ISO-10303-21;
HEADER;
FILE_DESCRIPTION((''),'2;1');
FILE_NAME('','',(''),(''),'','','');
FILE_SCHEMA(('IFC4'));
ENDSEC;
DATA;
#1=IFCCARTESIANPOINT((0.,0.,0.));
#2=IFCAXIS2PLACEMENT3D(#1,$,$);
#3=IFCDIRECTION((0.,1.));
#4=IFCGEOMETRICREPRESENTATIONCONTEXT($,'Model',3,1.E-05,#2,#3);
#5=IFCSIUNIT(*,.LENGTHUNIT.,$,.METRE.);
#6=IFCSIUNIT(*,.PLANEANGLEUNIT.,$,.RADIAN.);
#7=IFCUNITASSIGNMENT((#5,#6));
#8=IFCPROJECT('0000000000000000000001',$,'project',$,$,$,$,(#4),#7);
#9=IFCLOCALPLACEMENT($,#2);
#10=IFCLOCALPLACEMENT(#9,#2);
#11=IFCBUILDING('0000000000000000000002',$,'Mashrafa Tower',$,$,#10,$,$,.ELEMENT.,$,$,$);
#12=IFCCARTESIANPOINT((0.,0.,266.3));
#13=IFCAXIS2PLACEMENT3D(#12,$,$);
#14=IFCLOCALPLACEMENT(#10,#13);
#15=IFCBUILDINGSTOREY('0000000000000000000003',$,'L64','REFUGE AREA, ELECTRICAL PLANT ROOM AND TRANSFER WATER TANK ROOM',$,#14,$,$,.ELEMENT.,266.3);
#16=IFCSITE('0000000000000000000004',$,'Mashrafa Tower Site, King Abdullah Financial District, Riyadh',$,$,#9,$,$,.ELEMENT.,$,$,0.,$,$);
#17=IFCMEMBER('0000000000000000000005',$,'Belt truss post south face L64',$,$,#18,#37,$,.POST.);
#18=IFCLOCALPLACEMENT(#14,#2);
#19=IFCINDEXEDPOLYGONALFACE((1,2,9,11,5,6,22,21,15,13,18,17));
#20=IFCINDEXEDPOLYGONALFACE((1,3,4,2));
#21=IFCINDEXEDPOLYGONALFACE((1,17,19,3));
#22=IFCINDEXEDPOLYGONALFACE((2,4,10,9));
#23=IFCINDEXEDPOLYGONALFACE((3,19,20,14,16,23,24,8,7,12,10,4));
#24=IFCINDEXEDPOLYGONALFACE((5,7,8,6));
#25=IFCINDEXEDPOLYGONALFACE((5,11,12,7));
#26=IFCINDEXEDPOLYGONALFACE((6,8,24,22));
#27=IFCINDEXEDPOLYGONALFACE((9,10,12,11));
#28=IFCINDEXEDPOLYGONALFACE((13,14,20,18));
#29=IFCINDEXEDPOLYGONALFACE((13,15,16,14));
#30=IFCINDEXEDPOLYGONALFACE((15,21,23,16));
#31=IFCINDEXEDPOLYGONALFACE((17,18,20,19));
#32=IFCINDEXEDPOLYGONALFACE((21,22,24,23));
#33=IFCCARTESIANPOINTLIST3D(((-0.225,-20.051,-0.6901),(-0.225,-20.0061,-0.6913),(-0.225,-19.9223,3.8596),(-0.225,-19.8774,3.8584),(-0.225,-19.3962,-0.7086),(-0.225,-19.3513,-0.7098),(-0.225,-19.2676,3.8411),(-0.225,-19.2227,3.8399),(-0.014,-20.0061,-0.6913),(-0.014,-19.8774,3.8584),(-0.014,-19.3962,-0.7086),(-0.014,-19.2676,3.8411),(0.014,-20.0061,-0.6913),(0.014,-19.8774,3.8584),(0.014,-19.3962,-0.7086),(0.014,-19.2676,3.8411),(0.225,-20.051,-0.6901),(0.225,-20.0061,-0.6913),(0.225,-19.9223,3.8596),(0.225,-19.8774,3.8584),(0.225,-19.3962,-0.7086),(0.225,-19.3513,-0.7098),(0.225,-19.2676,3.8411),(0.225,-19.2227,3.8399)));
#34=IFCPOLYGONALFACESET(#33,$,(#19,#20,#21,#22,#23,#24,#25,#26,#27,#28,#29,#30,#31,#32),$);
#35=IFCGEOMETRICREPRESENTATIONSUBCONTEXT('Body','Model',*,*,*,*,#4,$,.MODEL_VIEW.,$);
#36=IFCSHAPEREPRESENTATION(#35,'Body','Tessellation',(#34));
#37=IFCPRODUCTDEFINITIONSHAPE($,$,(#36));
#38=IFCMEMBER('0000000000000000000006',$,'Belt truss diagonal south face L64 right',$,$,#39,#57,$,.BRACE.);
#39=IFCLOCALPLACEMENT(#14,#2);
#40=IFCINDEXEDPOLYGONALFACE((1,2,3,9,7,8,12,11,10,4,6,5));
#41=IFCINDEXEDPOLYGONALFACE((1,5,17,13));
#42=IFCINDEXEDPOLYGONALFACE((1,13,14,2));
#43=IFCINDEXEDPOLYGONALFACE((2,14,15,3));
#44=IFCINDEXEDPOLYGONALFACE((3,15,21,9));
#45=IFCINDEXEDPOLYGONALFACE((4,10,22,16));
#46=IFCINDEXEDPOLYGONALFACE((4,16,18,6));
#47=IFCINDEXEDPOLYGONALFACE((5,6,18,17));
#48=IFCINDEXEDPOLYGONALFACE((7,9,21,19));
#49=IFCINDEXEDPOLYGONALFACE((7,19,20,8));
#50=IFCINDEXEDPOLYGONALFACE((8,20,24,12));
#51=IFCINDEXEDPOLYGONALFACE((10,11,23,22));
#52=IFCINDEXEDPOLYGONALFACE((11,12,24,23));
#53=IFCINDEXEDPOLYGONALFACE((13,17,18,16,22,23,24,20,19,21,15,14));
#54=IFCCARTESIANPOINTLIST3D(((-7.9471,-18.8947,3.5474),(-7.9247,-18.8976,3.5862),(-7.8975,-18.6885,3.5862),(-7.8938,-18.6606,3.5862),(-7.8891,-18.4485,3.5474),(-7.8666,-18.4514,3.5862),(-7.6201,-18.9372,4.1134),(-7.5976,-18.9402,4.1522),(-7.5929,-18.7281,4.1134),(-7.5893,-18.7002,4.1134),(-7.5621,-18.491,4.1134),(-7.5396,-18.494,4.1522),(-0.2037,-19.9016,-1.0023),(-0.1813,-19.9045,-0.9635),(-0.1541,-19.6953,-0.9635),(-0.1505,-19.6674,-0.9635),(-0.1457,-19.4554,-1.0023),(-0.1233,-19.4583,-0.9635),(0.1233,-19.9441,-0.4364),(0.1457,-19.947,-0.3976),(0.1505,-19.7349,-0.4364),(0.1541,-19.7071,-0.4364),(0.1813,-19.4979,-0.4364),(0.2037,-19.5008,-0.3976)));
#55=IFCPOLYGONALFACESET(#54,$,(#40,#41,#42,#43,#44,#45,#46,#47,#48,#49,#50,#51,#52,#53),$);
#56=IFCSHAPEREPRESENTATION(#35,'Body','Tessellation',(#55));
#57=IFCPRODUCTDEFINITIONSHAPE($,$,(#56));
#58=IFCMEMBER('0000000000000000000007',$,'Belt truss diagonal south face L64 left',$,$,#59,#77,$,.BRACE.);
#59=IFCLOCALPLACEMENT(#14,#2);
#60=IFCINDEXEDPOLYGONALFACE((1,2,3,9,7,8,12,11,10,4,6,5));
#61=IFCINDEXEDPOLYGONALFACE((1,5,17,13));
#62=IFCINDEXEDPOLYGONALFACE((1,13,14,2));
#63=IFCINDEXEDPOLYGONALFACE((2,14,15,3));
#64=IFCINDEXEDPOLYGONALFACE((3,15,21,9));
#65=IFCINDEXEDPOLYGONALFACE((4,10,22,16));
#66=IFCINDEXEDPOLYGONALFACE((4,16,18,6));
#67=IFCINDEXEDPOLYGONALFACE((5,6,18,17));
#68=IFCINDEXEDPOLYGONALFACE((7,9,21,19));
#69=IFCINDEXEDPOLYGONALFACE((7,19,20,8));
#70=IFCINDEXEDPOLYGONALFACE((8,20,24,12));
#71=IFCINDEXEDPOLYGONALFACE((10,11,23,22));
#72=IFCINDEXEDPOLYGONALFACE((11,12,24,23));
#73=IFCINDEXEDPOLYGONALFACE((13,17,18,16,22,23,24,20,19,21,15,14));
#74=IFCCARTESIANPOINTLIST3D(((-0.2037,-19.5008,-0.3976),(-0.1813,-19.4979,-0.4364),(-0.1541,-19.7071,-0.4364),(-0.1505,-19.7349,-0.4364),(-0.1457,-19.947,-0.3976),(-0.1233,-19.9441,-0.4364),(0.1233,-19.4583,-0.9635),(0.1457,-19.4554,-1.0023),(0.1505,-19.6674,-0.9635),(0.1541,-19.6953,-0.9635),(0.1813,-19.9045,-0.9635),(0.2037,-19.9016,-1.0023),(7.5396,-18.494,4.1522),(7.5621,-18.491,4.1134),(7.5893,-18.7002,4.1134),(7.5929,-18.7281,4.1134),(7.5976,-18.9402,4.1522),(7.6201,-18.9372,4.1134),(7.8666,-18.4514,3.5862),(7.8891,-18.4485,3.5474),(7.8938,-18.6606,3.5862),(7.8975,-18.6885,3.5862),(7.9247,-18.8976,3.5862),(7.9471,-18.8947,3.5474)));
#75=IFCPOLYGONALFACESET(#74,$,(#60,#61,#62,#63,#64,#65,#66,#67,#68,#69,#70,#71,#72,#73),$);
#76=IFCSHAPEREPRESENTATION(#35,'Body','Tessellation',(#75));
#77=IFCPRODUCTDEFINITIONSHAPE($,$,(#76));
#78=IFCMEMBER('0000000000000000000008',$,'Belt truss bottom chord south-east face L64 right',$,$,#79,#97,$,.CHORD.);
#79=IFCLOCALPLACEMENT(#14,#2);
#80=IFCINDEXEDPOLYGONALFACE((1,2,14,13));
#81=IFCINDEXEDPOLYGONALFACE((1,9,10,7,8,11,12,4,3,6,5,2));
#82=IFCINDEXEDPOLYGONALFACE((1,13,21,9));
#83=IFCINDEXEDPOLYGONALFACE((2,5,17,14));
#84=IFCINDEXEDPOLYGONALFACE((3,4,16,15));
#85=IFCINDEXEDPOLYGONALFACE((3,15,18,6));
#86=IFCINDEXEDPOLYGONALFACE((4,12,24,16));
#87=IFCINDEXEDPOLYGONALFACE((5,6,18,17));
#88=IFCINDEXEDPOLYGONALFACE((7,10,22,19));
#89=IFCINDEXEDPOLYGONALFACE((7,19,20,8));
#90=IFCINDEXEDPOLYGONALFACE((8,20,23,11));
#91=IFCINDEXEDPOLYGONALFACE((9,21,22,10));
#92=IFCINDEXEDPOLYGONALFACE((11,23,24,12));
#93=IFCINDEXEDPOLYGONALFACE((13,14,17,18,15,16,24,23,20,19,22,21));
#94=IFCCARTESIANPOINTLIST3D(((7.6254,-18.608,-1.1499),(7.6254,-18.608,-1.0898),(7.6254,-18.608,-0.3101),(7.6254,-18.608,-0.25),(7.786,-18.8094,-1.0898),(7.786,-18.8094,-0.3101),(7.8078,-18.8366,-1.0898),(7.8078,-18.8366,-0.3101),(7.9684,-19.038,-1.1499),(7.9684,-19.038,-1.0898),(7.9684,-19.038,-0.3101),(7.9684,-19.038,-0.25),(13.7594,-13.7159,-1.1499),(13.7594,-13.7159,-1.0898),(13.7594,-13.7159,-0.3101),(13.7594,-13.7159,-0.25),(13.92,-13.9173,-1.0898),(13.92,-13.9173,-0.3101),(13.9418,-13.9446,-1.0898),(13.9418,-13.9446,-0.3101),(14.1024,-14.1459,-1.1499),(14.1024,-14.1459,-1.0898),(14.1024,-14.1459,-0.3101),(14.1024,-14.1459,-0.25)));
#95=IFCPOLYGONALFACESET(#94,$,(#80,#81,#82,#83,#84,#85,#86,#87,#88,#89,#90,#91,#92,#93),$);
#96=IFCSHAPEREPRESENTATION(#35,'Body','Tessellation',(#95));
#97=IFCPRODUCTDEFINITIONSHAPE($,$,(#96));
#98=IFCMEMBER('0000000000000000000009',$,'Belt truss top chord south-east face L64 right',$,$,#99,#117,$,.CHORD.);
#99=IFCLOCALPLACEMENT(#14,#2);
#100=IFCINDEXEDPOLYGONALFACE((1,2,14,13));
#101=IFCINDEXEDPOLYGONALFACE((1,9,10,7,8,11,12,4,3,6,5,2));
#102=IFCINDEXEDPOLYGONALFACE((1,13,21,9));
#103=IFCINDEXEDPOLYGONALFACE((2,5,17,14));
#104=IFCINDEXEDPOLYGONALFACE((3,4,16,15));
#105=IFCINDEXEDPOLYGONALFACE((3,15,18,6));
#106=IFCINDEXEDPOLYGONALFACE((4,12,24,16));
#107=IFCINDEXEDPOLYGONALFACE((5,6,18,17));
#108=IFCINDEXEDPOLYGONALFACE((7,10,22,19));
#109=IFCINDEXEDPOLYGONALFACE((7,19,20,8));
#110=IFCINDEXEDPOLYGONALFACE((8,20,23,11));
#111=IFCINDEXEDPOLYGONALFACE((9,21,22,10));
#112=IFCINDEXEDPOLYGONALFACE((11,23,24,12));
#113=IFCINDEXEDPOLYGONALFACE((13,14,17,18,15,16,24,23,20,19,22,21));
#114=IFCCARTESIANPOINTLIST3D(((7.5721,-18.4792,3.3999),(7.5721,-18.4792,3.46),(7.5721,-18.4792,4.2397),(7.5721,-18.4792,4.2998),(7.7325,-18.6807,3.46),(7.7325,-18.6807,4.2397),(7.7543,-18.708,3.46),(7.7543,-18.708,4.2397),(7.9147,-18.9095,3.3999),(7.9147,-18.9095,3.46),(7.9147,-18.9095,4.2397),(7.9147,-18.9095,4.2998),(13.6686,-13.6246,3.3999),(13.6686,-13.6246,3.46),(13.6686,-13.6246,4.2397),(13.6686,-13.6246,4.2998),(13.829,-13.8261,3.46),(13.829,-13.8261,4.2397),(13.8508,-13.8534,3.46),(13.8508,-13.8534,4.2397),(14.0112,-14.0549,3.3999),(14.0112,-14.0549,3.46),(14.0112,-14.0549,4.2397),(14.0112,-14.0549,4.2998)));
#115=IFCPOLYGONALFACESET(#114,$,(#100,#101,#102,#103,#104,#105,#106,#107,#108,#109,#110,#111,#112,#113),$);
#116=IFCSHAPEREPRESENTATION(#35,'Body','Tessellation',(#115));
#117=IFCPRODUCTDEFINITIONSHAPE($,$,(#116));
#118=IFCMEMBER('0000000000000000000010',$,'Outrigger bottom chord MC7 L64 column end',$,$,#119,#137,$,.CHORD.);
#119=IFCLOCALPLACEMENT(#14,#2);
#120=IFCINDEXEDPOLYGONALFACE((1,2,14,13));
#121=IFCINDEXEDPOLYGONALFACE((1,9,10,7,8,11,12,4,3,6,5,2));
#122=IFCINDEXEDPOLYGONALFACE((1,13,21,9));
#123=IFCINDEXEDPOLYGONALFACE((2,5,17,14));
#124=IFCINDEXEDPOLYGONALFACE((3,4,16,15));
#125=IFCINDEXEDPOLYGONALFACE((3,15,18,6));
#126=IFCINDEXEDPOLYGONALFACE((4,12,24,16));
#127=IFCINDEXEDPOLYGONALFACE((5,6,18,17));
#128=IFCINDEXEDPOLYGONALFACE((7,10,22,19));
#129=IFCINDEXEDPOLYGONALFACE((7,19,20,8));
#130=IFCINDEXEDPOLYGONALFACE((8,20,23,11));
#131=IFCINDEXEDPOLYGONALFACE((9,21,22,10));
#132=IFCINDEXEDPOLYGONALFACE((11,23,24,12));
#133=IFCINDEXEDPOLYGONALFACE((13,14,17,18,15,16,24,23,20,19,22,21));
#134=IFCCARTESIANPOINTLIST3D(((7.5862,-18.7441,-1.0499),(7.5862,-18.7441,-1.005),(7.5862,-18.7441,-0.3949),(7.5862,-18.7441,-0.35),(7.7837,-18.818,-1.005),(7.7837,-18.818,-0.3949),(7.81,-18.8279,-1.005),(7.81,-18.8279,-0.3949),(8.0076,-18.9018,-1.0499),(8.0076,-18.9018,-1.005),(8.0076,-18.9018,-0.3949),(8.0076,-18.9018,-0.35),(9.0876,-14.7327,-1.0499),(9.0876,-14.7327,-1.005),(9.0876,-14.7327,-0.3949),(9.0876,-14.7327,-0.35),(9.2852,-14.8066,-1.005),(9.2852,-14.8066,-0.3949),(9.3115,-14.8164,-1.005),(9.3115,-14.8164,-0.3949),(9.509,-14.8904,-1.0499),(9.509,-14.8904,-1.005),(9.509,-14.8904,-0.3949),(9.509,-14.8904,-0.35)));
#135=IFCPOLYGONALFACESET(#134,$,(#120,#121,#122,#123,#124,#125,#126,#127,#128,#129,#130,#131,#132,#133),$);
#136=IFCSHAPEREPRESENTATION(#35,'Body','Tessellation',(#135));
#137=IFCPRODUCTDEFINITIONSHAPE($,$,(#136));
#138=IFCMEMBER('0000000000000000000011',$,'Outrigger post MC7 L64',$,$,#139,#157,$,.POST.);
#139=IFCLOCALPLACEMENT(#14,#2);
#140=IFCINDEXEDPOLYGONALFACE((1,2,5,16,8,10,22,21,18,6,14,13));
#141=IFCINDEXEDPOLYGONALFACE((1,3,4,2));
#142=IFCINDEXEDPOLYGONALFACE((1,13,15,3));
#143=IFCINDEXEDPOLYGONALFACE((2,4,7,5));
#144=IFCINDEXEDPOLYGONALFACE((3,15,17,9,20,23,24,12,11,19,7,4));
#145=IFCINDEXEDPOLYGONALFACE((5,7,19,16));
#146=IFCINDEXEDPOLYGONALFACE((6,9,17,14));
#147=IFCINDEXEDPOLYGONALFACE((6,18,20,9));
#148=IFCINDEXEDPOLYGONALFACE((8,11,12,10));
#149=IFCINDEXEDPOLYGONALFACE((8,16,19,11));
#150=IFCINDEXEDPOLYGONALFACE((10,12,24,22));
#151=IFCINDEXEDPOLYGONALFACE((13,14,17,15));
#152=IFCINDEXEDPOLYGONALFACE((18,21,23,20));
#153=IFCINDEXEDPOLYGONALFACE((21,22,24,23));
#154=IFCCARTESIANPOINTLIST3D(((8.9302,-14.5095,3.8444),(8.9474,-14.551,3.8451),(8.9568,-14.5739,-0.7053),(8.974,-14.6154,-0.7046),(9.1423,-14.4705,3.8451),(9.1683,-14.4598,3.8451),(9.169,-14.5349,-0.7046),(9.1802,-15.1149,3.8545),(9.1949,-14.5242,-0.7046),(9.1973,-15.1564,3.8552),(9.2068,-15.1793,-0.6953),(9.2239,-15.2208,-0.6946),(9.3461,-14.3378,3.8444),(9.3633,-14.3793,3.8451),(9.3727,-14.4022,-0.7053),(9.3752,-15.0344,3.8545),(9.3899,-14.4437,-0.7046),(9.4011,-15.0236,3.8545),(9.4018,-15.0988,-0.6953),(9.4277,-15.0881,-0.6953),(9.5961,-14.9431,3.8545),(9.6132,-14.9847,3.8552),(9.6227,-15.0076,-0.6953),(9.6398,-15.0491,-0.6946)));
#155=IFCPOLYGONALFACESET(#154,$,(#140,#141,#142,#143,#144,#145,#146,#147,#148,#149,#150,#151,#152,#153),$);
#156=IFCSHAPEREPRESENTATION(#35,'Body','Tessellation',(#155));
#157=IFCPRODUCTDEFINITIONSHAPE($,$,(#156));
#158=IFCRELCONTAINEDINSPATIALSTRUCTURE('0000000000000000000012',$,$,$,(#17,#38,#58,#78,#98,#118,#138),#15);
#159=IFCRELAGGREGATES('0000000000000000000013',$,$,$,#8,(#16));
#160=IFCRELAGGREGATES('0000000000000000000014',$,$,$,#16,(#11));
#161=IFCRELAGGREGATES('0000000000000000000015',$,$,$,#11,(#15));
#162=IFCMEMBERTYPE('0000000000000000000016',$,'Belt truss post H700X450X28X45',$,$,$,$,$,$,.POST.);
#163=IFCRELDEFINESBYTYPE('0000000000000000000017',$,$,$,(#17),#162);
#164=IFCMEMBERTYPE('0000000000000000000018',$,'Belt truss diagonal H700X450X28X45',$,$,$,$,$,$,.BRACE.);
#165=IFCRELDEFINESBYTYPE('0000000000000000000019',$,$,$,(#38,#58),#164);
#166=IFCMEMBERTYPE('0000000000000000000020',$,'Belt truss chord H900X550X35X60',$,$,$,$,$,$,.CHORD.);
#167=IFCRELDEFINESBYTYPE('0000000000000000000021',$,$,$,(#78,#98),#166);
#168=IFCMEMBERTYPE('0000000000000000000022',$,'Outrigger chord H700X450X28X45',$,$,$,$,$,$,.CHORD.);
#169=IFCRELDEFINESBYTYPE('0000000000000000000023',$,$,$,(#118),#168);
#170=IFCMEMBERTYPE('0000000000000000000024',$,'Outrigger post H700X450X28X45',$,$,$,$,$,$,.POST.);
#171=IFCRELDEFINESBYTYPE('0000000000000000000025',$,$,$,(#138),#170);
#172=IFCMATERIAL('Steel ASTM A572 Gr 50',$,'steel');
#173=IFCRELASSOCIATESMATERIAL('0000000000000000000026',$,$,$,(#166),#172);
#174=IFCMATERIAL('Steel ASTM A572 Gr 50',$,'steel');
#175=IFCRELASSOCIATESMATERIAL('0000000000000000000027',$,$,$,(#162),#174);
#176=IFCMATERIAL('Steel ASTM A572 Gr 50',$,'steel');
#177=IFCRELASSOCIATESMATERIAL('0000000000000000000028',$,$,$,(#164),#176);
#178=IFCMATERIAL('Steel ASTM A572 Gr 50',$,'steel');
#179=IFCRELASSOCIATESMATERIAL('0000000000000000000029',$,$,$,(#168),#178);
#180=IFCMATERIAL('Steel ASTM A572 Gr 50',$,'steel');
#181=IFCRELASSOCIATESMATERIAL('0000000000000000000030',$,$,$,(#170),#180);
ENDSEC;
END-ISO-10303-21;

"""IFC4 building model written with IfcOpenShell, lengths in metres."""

from ifc_helpers import new_model, si_unit, direction, frame, origin, origin_2d, place, context, subcontext, project, spatial, i_section, extrude, source, transform, mapped, material, material_profile, profile_set, type_object, type_shapes, element, save


model = new_model("IFC4")

# Units and contexts
model_context = context("Model", 3, precision=1e-05, world=origin(), true_north=direction((0.0, 1.0)))
body_context = subcontext(model_context, "Body", "Model", "MODEL_VIEW")
ifc_project = project(units=[si_unit("LENGTHUNIT", "METRE"), si_unit("PLANEANGLEUNIT", "RADIAN")], contexts=[model_context])

# Site, building, storey
site_placement = place(None, origin())
site = spatial("IfcSite", under=ifc_project, at=site_placement, Name="Mashrafa Tower Site, King Abdullah Financial District, Riyadh", CompositionType="ELEMENT", RefElevation=0.0)
building_placement = place(site_placement, origin())
building = spatial("IfcBuilding", under=site, at=building_placement, Name="Mashrafa Tower", CompositionType="ELEMENT")
storey_placement = place(building_placement, frame((0.0, 0.0, 266.3)))
storey = spatial("IfcBuildingStorey", under=building, at=storey_placement, Name="L64", Description="REFUGE AREA, ELECTRICAL PLANT ROOM AND TRANSFER WATER TANK ROOM", CompositionType="ELEMENT", Elevation=266.3)

# Members
ifc_material_1 = material(Name="Steel ASTM A572 Gr 50", Category="steel")
ifc_material_profile_1 = material_profile(ifc_material_1, i_section(OverallWidth=0.55, OverallDepth=0.8999, WebThickness=0.0349, FlangeThickness=0.0601, at=origin_2d()), Name="H900X550X35X60")
ifc_profile_set_1 = profile_set([ifc_material_profile_1], Name="Steel ASTM A572 Gr 50")
member_type_1 = type_object("IfcMemberType", Name="Belt truss chord H900X550X35X60", PredefinedType="CHORD", material=ifc_profile_set_1)
ifc_material_2 = material(Name="Steel ASTM A572 Gr 50", Category="steel")
ifc_material_profile_2 = material_profile(ifc_material_2, i_section(OverallWidth=0.45, OverallDepth=0.7, WebThickness=0.0281, FlangeThickness=0.0449, at=origin_2d()), Name="H700X450X28X45")
ifc_profile_set_2 = profile_set([ifc_material_profile_2], Name="Steel ASTM A572 Gr 50")
member_type_2 = type_object("IfcMemberType", Name="Belt truss post H700X450X28X45", PredefinedType="POST", material=ifc_profile_set_2)
shared_shape_1 = source(origin(), body_context, "Body", "SweptSolid", [
    extrude(i_section(OverallWidth=0.45, OverallDepth=0.7, WebThickness=0.0281, FlangeThickness=0.0449, at=origin_2d()), origin(), (0.0, 0.0, 1.0), 4.5515),
])
type_shapes(member_type_2, [shared_shape_1])
member_1_placement = place(storey_placement, frame((0.0, -19.7012, -0.7), z_axis=(0.0, 0.028267, 0.9996), x_axis=(-1.0, 0.0, 0.0)))
element("IfcMember", 1, at=member_1_placement, inside=storey, type_object=member_type_2, Name="Belt truss post south face L64", PredefinedType="POST", context=body_context, shape_type="MappedRepresentation", body=[
    mapped(shared_shape_1, transform((0.0, 0.0, 0.0))),
])
ifc_material_3 = material(Name="Steel ASTM A572 Gr 50", Category="steel")
ifc_material_profile_3 = material_profile(ifc_material_3, i_section(OverallWidth=0.45, OverallDepth=0.7, WebThickness=0.0281, FlangeThickness=0.0449, at=origin_2d()), Name="H700X450X28X45")
ifc_profile_set_3 = profile_set([ifc_material_profile_3], Name="Steel ASTM A572 Gr 50")
member_type_3 = type_object("IfcMemberType", Name="Belt truss diagonal H700X450X28X45", PredefinedType="BRACE", material=ifc_profile_set_3)
shared_shape_2 = source(origin(), body_context, "Body", "SweptSolid", [
    extrude(i_section(OverallWidth=0.45, OverallDepth=0.7, WebThickness=0.0281, FlangeThickness=0.0449, at=origin_2d()), origin(), (0.0, 0.0, 1.0), 9.0374),
])
type_shapes(member_type_3, [shared_shape_2])
for number, where, z_axis, x_axis, name in (
    (2, (0.0, -19.7012, -0.7), (-0.856817, 0.111408, 0.503441), (-0.12894, -0.991652, 0.0), "Belt truss diagonal south face L64 right"),
    (3, (0.0, -19.7012, -0.7), (0.856817, 0.111408, 0.503441), (-0.12894, 0.991652, 0.0), "Belt truss diagonal south face L64 left"),
):
    element("IfcMember", number, at=place(storey_placement, frame(where, z_axis=z_axis, x_axis=x_axis)), inside=storey, type_object=member_type_3, Name=name, PredefinedType="BRACE", context=body_context, shape_type="MappedRepresentation", body=[
        mapped(shared_shape_2, transform((0.0, 0.0, 0.0))),
    ])
shared_shape_3 = source(origin(), body_context, "Body", "SweptSolid", [
    extrude(i_section(OverallWidth=0.55, OverallDepth=0.8999, WebThickness=0.0349, FlangeThickness=0.0601, at=origin_2d()), origin(), (0.0, 0.0, 1.0), 7.8459),
])
member_2_placement = place(storey_placement, frame((7.7969, -18.823, -0.7), z_axis=(0.781809, 0.623518, 0.0), x_axis=(-0.623518, 0.781809, 0.0)))
element("IfcMember", 4, at=member_2_placement, inside=storey, type_object=member_type_1, Name="Belt truss bottom chord south-east face L64 right", PredefinedType="CHORD", context=body_context, shape_type="MappedRepresentation", body=[
    mapped(shared_shape_3, transform((0.0, 0.0, 0.0))),
])
shared_shape_4 = source(origin(), body_context, "Body", "SweptSolid", [
    extrude(i_section(OverallWidth=0.55, OverallDepth=0.8999, WebThickness=0.0349, FlangeThickness=0.0601, at=origin_2d()), origin(), (0.0, 0.0, 1.0), 7.7932),
])
member_3_placement = place(storey_placement, frame((7.7434, -18.6943, 3.8499), z_axis=(0.782285, 0.622921, 0.0), x_axis=(-0.622921, 0.782285, 0.0)))
element("IfcMember", 5, at=member_3_placement, inside=storey, type_object=member_type_1, Name="Belt truss top chord south-east face L64 right", PredefinedType="CHORD", context=body_context, shape_type="MappedRepresentation", body=[
    mapped(shared_shape_4, transform((0.0, 0.0, 0.0))),
])
ifc_material_4 = material(Name="Steel ASTM A572 Gr 50", Category="steel")
ifc_material_profile_4 = material_profile(ifc_material_4, i_section(OverallWidth=0.45, OverallDepth=0.7, WebThickness=0.0281, FlangeThickness=0.0449, at=origin_2d()), Name="H700X450X28X45")
ifc_profile_set_4 = profile_set([ifc_material_profile_4], Name="Steel ASTM A572 Gr 50")
member_type_4 = type_object("IfcMemberType", Name="Outrigger chord H700X450X28X45", PredefinedType="CHORD", material=ifc_profile_set_4)
shared_shape_5 = source(origin(), body_context, "Body", "SweptSolid", [
    extrude(i_section(OverallWidth=0.45, OverallDepth=0.7, WebThickness=0.0281, FlangeThickness=0.0449, at=origin_2d()), origin(), (0.0, 0.0, 1.0), 4.2832),
])
type_shapes(member_type_4, [shared_shape_5])
member_4_placement = place(storey_placement, frame((9.2983, -14.8115, -0.7), z_axis=(-0.350542, -0.936547, 0.0), x_axis=(0.936547, -0.350542, 0.0)))
element("IfcMember", 6, at=member_4_placement, inside=storey, type_object=member_type_4, Name="Outrigger bottom chord MC7 L64 column end", PredefinedType="CHORD", context=body_context, shape_type="MappedRepresentation", body=[
    mapped(shared_shape_5, transform((0.0, 0.0, 0.0))),
])
ifc_material_5 = material(Name="Steel ASTM A572 Gr 50", Category="steel")
ifc_material_profile_5 = material_profile(ifc_material_5, i_section(OverallWidth=0.45, OverallDepth=0.7, WebThickness=0.0281, FlangeThickness=0.0449, at=origin_2d()), Name="H700X450X28X45")
ifc_profile_set_5 = profile_set([ifc_material_profile_5], Name="Steel ASTM A572 Gr 50")
member_type_5 = type_object("IfcMemberType", Name="Outrigger post H700X450X28X45", PredefinedType="POST", material=ifc_profile_set_5)
shared_shape_6 = source(origin(), body_context, "Body", "SweptSolid", [
    extrude(i_section(OverallWidth=0.45, OverallDepth=0.7, WebThickness=0.0281, FlangeThickness=0.0449, at=origin_2d()), origin(), (0.0, 0.0, 1.0), 4.5503),
])
type_shapes(member_type_5, [shared_shape_6])
member_5_placement = place(storey_placement, frame((9.2983, -14.8115, -0.7), z_axis=(-0.005848, 0.014164, 0.999883), x_axis=(-0.924315, -0.38163, 0.0)))
element("IfcMember", 7, at=member_5_placement, inside=storey, type_object=member_type_5, Name="Outrigger post MC7 L64", PredefinedType="POST", context=body_context, shape_type="MappedRepresentation", body=[
    mapped(shared_shape_6, transform((0.0, 0.0, 0.0))),
])

save(model, "model.ifc")
